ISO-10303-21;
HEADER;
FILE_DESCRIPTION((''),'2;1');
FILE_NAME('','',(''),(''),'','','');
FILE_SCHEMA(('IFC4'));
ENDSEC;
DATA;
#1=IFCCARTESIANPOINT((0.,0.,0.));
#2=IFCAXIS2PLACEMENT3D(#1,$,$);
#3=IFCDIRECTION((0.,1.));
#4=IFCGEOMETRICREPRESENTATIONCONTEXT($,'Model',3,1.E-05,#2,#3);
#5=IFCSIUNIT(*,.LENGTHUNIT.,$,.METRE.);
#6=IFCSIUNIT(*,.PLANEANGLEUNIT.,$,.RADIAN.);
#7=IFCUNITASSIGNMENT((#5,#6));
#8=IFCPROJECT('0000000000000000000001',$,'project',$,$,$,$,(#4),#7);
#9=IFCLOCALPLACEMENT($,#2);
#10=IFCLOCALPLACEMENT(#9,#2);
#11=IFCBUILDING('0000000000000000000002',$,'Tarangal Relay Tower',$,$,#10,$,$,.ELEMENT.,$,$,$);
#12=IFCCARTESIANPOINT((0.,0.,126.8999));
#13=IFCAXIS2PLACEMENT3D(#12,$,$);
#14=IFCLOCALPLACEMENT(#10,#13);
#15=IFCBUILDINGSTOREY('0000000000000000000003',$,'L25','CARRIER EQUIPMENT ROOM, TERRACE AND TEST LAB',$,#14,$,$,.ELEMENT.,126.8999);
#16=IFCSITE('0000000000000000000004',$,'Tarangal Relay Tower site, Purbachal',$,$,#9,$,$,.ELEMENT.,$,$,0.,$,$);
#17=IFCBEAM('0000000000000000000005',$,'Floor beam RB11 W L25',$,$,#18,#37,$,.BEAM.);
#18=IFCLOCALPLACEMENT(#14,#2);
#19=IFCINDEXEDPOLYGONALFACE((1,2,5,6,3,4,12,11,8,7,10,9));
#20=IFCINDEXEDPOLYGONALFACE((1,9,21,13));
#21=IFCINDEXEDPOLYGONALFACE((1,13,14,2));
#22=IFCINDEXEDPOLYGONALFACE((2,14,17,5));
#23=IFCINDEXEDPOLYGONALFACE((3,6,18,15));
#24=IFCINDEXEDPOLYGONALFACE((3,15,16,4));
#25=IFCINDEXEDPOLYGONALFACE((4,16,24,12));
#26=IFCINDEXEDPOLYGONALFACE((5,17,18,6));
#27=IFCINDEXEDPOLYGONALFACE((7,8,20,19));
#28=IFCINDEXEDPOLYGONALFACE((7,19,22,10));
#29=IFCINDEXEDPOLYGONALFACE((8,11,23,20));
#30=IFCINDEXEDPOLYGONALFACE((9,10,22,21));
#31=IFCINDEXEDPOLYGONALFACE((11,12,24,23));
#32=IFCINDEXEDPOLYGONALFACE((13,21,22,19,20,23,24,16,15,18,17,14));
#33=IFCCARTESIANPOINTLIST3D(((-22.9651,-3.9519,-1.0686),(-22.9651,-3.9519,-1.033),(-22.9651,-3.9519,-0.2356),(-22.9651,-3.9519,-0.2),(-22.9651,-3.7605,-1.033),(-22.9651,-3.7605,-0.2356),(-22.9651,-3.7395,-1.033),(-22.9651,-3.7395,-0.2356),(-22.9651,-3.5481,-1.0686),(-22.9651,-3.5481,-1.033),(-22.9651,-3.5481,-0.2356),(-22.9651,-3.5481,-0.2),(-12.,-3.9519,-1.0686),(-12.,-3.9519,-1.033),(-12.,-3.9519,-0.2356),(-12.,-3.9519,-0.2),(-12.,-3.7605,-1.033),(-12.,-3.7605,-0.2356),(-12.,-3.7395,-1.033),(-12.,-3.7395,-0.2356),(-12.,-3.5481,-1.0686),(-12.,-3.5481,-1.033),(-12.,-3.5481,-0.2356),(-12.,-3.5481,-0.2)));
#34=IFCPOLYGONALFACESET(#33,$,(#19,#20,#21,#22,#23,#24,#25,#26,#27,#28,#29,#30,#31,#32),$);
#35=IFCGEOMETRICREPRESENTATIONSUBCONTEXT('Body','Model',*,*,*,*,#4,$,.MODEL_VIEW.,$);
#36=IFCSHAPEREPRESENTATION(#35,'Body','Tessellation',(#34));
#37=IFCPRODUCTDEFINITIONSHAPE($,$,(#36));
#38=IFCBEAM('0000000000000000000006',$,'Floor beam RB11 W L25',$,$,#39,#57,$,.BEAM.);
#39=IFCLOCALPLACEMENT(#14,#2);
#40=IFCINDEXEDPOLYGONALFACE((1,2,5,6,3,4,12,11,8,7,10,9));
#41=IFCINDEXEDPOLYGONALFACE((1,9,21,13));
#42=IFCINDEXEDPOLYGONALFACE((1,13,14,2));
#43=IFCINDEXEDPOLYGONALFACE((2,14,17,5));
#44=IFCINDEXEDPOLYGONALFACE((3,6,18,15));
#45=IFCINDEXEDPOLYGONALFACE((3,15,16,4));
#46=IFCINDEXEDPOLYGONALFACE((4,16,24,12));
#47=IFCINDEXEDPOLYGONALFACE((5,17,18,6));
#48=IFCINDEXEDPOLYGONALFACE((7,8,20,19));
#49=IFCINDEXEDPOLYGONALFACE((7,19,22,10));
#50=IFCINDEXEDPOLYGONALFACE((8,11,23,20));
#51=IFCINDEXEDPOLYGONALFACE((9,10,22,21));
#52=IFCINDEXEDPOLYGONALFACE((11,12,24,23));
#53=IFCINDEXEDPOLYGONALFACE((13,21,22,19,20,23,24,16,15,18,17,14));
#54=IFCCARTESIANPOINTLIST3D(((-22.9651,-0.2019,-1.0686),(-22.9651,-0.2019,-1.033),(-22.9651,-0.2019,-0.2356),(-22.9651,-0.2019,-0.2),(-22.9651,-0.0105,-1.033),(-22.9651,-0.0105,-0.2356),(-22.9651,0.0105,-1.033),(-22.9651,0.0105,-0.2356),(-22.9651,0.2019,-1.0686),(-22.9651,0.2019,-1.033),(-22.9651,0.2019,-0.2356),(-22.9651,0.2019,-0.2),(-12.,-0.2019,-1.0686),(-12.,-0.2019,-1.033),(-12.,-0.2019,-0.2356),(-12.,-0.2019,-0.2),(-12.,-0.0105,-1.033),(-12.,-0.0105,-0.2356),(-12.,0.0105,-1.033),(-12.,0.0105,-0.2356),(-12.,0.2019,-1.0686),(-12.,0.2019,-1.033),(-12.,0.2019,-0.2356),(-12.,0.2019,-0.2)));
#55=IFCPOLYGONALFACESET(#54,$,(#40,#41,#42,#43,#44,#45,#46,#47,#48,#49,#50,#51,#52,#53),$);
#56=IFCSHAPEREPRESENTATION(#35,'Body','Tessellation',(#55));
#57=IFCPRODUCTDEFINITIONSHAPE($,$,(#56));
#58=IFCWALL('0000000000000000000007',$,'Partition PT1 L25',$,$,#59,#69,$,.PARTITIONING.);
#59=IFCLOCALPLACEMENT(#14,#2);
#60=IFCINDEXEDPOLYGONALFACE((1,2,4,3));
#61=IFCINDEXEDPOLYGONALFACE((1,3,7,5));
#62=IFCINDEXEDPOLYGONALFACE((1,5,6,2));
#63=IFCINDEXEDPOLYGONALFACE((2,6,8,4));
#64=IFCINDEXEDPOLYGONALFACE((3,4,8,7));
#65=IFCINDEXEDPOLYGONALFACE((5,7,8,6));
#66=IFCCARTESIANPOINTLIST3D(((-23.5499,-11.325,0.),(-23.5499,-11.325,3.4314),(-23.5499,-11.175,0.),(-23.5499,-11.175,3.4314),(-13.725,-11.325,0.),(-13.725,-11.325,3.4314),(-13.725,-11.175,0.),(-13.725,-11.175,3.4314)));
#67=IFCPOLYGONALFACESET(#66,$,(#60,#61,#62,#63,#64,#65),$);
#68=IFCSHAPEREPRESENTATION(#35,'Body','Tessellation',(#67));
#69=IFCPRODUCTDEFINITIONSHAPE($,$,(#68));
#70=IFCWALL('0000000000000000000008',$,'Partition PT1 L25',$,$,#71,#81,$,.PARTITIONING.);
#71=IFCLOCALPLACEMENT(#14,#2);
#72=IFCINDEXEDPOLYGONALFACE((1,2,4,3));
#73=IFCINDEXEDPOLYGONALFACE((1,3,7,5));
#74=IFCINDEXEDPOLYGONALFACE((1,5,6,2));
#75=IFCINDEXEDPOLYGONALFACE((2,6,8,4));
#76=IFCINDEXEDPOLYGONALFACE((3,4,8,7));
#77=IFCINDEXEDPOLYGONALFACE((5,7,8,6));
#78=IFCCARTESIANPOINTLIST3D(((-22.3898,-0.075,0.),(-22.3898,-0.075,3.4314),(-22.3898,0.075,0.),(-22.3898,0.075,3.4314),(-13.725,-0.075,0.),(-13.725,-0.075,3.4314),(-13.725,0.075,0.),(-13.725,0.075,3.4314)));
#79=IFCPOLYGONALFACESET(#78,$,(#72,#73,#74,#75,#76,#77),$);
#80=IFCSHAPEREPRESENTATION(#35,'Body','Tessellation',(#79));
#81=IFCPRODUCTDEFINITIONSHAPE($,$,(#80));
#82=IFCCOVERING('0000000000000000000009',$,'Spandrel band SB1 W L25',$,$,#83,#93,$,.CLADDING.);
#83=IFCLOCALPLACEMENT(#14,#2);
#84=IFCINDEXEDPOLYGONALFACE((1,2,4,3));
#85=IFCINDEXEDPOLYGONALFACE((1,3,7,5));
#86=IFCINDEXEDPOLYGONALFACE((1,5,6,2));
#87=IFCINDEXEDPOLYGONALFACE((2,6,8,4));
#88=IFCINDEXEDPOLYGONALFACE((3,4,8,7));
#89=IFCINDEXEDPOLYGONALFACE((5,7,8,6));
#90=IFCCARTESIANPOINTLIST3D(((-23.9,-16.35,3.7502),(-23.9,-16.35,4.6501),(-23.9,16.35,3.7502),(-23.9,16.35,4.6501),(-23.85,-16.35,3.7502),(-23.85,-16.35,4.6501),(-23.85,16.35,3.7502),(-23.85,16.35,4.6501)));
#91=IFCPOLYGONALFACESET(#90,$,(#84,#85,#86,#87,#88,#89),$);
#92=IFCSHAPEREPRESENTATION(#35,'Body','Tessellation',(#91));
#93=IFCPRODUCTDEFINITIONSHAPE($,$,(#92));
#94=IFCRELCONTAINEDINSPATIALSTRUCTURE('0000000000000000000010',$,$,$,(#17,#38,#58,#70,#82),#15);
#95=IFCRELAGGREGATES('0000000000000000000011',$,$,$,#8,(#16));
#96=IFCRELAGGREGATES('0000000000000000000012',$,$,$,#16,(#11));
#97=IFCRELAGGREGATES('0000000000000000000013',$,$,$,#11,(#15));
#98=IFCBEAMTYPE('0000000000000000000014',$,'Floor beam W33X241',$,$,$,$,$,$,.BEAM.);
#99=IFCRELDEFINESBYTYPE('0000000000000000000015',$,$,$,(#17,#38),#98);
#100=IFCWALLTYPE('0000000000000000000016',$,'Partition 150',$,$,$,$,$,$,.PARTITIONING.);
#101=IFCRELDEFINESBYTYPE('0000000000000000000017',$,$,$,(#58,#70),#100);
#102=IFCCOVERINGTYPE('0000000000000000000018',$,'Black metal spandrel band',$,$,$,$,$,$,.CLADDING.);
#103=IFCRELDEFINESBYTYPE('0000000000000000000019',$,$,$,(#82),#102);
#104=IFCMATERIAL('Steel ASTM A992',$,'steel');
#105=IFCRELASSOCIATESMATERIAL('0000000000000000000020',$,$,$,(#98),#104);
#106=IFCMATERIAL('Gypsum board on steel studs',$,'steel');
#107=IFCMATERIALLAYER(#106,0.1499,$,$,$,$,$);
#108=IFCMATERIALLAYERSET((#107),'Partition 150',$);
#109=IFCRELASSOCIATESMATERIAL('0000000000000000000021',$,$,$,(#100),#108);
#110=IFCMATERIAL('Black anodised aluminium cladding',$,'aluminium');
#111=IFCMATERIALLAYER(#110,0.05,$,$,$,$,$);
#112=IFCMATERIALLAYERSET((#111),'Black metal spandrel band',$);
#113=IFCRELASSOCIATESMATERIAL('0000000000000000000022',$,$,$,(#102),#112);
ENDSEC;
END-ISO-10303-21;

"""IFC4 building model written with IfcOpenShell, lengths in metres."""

from ifc_helpers import new_model, si_unit, direction, frame, frame_2d, origin, origin_2d, place, context, subcontext, project, spatial, rectangle, i_section, extrude, material, layer, layer_set, material_profile, profile_set, type_object, element, save


model = new_model("IFC4")

# Units and contexts
model_context = context("Model", 3, precision=1e-05, world=origin(), true_north=direction((0.0, 1.0)))
body_context = subcontext(model_context, "Body", "Model", "MODEL_VIEW")
ifc_project = project(units=[si_unit("LENGTHUNIT", "METRE"), si_unit("PLANEANGLEUNIT", "RADIAN")], contexts=[model_context])

# Site, building, storey
site_placement = place(None, origin())
site = spatial("IfcSite", under=ifc_project, at=site_placement, Name="Tarangal Relay Tower site, Purbachal", CompositionType="ELEMENT", RefElevation=0.0)
building_placement = place(site_placement, origin())
building = spatial("IfcBuilding", under=site, at=building_placement, Name="Tarangal Relay Tower", CompositionType="ELEMENT")
storey_placement = place(building_placement, frame((0.0, 0.0, 126.8999)))
storey = spatial("IfcBuildingStorey", under=building, at=storey_placement, Name="L25", Description="CARRIER EQUIPMENT ROOM, TERRACE AND TEST LAB", CompositionType="ELEMENT", Elevation=126.8999)

# Beams
ifc_material_1 = material(Name="Steel ASTM A992", Category="steel")
ifc_material_profile_1 = material_profile(ifc_material_1, i_section(OverallWidth=0.4038, OverallDepth=0.8687, WebThickness=0.021, FlangeThickness=0.0356, at=origin_2d()), Name="W33X241")
ifc_profile_set_1 = profile_set([ifc_material_profile_1], Name="Steel ASTM A992")
beam_type_1 = type_object("IfcBeamType", Name="Floor beam W33X241", PredefinedType="BEAM", material=ifc_profile_set_1)
for number, where, z_axis, x_axis, name in (
    (1, (-12.0, -3.75, -0.6343), (-1.0, 0.0, 0.0), (0.0, -1.0, 0.0), "Floor beam RB11 W L25"),
    (2, (-12.0, 0.0, -0.6343), (-1.0, 0.0, 0.0), (0.0, -1.0, 0.0), "Floor beam RB11 W L25"),
):
    element("IfcBeam", number, at=place(storey_placement, frame(where, z_axis=z_axis, x_axis=x_axis)), inside=storey, type_object=beam_type_1, Name=name, PredefinedType="BEAM", context=body_context, shape_type="SweptSolid", body=[
        extrude(i_section(OverallWidth=0.4038, OverallDepth=0.8687, WebThickness=0.021, FlangeThickness=0.0356, at=origin_2d()), origin(), (0.0, 0.0, 1.0), 10.9651),
    ])

# Walls
ifc_material_2 = material(Name="Gypsum board on steel studs", Category="steel")
ifc_layer_1 = layer(ifc_material_2, 0.1499)
ifc_layer_set_1 = layer_set([ifc_layer_1], Name="Partition 150")
wall_type = type_object("IfcWallType", Name="Partition 150", PredefinedType="PARTITIONING", material=ifc_layer_set_1)
wall_1_placement = place(storey_placement, frame((-23.55, -11.25, 0.0), z_axis=(0.0, 0.0, 1.0), x_axis=(1.0, 0.0, 0.0)))
element("IfcWall", 3, at=wall_1_placement, inside=storey, type_object=wall_type, Name="Partition PT1 L25", PredefinedType="PARTITIONING", context=body_context, shape_type="SweptSolid", body=[
    extrude(rectangle(XDim=9.825, YDim=0.1499, at=frame_2d((4.9126, 0.0))), origin(), (0.0, 0.0, 1.0), 3.4314),
])
wall_2_placement = place(storey_placement, frame((-22.3899, 0.0, 0.0), z_axis=(0.0, 0.0, 1.0), x_axis=(1.0, 0.0, 0.0)))
element("IfcWall", 4, at=wall_2_placement, inside=storey, type_object=wall_type, Name="Partition PT1 L25", PredefinedType="PARTITIONING", context=body_context, shape_type="SweptSolid", body=[
    extrude(rectangle(XDim=8.6648, YDim=0.1499, at=frame_2d((4.3325, 0.0))), origin(), (0.0, 0.0, 1.0), 3.4314),
])

# Covering
ifc_material_3 = material(Name="Black anodised aluminium cladding", Category="aluminium")
ifc_layer_2 = layer(ifc_material_3, 0.05)
ifc_layer_set_2 = layer_set([ifc_layer_2], Name="Black metal spandrel band")
covering_type = type_object("IfcCoveringType", Name="Black metal spandrel band", PredefinedType="CLADDING", material=ifc_layer_set_2)
covering_placement = place(storey_placement, frame((-23.875, 0.0, 3.7502), z_axis=(0.0, 0.0, 1.0), x_axis=(0.0, 1.0, 0.0)))
element("IfcCovering", 5, at=covering_placement, inside=storey, type_object=covering_type, Name="Spandrel band SB1 W L25", PredefinedType="CLADDING", context=body_context, shape_type="SweptSolid", body=[
    extrude(rectangle(XDim=32.7, YDim=0.05, at=origin_2d()), origin(), (0.0, 0.0, 1.0), 0.8999),
])

save(model, "model.ifc")
